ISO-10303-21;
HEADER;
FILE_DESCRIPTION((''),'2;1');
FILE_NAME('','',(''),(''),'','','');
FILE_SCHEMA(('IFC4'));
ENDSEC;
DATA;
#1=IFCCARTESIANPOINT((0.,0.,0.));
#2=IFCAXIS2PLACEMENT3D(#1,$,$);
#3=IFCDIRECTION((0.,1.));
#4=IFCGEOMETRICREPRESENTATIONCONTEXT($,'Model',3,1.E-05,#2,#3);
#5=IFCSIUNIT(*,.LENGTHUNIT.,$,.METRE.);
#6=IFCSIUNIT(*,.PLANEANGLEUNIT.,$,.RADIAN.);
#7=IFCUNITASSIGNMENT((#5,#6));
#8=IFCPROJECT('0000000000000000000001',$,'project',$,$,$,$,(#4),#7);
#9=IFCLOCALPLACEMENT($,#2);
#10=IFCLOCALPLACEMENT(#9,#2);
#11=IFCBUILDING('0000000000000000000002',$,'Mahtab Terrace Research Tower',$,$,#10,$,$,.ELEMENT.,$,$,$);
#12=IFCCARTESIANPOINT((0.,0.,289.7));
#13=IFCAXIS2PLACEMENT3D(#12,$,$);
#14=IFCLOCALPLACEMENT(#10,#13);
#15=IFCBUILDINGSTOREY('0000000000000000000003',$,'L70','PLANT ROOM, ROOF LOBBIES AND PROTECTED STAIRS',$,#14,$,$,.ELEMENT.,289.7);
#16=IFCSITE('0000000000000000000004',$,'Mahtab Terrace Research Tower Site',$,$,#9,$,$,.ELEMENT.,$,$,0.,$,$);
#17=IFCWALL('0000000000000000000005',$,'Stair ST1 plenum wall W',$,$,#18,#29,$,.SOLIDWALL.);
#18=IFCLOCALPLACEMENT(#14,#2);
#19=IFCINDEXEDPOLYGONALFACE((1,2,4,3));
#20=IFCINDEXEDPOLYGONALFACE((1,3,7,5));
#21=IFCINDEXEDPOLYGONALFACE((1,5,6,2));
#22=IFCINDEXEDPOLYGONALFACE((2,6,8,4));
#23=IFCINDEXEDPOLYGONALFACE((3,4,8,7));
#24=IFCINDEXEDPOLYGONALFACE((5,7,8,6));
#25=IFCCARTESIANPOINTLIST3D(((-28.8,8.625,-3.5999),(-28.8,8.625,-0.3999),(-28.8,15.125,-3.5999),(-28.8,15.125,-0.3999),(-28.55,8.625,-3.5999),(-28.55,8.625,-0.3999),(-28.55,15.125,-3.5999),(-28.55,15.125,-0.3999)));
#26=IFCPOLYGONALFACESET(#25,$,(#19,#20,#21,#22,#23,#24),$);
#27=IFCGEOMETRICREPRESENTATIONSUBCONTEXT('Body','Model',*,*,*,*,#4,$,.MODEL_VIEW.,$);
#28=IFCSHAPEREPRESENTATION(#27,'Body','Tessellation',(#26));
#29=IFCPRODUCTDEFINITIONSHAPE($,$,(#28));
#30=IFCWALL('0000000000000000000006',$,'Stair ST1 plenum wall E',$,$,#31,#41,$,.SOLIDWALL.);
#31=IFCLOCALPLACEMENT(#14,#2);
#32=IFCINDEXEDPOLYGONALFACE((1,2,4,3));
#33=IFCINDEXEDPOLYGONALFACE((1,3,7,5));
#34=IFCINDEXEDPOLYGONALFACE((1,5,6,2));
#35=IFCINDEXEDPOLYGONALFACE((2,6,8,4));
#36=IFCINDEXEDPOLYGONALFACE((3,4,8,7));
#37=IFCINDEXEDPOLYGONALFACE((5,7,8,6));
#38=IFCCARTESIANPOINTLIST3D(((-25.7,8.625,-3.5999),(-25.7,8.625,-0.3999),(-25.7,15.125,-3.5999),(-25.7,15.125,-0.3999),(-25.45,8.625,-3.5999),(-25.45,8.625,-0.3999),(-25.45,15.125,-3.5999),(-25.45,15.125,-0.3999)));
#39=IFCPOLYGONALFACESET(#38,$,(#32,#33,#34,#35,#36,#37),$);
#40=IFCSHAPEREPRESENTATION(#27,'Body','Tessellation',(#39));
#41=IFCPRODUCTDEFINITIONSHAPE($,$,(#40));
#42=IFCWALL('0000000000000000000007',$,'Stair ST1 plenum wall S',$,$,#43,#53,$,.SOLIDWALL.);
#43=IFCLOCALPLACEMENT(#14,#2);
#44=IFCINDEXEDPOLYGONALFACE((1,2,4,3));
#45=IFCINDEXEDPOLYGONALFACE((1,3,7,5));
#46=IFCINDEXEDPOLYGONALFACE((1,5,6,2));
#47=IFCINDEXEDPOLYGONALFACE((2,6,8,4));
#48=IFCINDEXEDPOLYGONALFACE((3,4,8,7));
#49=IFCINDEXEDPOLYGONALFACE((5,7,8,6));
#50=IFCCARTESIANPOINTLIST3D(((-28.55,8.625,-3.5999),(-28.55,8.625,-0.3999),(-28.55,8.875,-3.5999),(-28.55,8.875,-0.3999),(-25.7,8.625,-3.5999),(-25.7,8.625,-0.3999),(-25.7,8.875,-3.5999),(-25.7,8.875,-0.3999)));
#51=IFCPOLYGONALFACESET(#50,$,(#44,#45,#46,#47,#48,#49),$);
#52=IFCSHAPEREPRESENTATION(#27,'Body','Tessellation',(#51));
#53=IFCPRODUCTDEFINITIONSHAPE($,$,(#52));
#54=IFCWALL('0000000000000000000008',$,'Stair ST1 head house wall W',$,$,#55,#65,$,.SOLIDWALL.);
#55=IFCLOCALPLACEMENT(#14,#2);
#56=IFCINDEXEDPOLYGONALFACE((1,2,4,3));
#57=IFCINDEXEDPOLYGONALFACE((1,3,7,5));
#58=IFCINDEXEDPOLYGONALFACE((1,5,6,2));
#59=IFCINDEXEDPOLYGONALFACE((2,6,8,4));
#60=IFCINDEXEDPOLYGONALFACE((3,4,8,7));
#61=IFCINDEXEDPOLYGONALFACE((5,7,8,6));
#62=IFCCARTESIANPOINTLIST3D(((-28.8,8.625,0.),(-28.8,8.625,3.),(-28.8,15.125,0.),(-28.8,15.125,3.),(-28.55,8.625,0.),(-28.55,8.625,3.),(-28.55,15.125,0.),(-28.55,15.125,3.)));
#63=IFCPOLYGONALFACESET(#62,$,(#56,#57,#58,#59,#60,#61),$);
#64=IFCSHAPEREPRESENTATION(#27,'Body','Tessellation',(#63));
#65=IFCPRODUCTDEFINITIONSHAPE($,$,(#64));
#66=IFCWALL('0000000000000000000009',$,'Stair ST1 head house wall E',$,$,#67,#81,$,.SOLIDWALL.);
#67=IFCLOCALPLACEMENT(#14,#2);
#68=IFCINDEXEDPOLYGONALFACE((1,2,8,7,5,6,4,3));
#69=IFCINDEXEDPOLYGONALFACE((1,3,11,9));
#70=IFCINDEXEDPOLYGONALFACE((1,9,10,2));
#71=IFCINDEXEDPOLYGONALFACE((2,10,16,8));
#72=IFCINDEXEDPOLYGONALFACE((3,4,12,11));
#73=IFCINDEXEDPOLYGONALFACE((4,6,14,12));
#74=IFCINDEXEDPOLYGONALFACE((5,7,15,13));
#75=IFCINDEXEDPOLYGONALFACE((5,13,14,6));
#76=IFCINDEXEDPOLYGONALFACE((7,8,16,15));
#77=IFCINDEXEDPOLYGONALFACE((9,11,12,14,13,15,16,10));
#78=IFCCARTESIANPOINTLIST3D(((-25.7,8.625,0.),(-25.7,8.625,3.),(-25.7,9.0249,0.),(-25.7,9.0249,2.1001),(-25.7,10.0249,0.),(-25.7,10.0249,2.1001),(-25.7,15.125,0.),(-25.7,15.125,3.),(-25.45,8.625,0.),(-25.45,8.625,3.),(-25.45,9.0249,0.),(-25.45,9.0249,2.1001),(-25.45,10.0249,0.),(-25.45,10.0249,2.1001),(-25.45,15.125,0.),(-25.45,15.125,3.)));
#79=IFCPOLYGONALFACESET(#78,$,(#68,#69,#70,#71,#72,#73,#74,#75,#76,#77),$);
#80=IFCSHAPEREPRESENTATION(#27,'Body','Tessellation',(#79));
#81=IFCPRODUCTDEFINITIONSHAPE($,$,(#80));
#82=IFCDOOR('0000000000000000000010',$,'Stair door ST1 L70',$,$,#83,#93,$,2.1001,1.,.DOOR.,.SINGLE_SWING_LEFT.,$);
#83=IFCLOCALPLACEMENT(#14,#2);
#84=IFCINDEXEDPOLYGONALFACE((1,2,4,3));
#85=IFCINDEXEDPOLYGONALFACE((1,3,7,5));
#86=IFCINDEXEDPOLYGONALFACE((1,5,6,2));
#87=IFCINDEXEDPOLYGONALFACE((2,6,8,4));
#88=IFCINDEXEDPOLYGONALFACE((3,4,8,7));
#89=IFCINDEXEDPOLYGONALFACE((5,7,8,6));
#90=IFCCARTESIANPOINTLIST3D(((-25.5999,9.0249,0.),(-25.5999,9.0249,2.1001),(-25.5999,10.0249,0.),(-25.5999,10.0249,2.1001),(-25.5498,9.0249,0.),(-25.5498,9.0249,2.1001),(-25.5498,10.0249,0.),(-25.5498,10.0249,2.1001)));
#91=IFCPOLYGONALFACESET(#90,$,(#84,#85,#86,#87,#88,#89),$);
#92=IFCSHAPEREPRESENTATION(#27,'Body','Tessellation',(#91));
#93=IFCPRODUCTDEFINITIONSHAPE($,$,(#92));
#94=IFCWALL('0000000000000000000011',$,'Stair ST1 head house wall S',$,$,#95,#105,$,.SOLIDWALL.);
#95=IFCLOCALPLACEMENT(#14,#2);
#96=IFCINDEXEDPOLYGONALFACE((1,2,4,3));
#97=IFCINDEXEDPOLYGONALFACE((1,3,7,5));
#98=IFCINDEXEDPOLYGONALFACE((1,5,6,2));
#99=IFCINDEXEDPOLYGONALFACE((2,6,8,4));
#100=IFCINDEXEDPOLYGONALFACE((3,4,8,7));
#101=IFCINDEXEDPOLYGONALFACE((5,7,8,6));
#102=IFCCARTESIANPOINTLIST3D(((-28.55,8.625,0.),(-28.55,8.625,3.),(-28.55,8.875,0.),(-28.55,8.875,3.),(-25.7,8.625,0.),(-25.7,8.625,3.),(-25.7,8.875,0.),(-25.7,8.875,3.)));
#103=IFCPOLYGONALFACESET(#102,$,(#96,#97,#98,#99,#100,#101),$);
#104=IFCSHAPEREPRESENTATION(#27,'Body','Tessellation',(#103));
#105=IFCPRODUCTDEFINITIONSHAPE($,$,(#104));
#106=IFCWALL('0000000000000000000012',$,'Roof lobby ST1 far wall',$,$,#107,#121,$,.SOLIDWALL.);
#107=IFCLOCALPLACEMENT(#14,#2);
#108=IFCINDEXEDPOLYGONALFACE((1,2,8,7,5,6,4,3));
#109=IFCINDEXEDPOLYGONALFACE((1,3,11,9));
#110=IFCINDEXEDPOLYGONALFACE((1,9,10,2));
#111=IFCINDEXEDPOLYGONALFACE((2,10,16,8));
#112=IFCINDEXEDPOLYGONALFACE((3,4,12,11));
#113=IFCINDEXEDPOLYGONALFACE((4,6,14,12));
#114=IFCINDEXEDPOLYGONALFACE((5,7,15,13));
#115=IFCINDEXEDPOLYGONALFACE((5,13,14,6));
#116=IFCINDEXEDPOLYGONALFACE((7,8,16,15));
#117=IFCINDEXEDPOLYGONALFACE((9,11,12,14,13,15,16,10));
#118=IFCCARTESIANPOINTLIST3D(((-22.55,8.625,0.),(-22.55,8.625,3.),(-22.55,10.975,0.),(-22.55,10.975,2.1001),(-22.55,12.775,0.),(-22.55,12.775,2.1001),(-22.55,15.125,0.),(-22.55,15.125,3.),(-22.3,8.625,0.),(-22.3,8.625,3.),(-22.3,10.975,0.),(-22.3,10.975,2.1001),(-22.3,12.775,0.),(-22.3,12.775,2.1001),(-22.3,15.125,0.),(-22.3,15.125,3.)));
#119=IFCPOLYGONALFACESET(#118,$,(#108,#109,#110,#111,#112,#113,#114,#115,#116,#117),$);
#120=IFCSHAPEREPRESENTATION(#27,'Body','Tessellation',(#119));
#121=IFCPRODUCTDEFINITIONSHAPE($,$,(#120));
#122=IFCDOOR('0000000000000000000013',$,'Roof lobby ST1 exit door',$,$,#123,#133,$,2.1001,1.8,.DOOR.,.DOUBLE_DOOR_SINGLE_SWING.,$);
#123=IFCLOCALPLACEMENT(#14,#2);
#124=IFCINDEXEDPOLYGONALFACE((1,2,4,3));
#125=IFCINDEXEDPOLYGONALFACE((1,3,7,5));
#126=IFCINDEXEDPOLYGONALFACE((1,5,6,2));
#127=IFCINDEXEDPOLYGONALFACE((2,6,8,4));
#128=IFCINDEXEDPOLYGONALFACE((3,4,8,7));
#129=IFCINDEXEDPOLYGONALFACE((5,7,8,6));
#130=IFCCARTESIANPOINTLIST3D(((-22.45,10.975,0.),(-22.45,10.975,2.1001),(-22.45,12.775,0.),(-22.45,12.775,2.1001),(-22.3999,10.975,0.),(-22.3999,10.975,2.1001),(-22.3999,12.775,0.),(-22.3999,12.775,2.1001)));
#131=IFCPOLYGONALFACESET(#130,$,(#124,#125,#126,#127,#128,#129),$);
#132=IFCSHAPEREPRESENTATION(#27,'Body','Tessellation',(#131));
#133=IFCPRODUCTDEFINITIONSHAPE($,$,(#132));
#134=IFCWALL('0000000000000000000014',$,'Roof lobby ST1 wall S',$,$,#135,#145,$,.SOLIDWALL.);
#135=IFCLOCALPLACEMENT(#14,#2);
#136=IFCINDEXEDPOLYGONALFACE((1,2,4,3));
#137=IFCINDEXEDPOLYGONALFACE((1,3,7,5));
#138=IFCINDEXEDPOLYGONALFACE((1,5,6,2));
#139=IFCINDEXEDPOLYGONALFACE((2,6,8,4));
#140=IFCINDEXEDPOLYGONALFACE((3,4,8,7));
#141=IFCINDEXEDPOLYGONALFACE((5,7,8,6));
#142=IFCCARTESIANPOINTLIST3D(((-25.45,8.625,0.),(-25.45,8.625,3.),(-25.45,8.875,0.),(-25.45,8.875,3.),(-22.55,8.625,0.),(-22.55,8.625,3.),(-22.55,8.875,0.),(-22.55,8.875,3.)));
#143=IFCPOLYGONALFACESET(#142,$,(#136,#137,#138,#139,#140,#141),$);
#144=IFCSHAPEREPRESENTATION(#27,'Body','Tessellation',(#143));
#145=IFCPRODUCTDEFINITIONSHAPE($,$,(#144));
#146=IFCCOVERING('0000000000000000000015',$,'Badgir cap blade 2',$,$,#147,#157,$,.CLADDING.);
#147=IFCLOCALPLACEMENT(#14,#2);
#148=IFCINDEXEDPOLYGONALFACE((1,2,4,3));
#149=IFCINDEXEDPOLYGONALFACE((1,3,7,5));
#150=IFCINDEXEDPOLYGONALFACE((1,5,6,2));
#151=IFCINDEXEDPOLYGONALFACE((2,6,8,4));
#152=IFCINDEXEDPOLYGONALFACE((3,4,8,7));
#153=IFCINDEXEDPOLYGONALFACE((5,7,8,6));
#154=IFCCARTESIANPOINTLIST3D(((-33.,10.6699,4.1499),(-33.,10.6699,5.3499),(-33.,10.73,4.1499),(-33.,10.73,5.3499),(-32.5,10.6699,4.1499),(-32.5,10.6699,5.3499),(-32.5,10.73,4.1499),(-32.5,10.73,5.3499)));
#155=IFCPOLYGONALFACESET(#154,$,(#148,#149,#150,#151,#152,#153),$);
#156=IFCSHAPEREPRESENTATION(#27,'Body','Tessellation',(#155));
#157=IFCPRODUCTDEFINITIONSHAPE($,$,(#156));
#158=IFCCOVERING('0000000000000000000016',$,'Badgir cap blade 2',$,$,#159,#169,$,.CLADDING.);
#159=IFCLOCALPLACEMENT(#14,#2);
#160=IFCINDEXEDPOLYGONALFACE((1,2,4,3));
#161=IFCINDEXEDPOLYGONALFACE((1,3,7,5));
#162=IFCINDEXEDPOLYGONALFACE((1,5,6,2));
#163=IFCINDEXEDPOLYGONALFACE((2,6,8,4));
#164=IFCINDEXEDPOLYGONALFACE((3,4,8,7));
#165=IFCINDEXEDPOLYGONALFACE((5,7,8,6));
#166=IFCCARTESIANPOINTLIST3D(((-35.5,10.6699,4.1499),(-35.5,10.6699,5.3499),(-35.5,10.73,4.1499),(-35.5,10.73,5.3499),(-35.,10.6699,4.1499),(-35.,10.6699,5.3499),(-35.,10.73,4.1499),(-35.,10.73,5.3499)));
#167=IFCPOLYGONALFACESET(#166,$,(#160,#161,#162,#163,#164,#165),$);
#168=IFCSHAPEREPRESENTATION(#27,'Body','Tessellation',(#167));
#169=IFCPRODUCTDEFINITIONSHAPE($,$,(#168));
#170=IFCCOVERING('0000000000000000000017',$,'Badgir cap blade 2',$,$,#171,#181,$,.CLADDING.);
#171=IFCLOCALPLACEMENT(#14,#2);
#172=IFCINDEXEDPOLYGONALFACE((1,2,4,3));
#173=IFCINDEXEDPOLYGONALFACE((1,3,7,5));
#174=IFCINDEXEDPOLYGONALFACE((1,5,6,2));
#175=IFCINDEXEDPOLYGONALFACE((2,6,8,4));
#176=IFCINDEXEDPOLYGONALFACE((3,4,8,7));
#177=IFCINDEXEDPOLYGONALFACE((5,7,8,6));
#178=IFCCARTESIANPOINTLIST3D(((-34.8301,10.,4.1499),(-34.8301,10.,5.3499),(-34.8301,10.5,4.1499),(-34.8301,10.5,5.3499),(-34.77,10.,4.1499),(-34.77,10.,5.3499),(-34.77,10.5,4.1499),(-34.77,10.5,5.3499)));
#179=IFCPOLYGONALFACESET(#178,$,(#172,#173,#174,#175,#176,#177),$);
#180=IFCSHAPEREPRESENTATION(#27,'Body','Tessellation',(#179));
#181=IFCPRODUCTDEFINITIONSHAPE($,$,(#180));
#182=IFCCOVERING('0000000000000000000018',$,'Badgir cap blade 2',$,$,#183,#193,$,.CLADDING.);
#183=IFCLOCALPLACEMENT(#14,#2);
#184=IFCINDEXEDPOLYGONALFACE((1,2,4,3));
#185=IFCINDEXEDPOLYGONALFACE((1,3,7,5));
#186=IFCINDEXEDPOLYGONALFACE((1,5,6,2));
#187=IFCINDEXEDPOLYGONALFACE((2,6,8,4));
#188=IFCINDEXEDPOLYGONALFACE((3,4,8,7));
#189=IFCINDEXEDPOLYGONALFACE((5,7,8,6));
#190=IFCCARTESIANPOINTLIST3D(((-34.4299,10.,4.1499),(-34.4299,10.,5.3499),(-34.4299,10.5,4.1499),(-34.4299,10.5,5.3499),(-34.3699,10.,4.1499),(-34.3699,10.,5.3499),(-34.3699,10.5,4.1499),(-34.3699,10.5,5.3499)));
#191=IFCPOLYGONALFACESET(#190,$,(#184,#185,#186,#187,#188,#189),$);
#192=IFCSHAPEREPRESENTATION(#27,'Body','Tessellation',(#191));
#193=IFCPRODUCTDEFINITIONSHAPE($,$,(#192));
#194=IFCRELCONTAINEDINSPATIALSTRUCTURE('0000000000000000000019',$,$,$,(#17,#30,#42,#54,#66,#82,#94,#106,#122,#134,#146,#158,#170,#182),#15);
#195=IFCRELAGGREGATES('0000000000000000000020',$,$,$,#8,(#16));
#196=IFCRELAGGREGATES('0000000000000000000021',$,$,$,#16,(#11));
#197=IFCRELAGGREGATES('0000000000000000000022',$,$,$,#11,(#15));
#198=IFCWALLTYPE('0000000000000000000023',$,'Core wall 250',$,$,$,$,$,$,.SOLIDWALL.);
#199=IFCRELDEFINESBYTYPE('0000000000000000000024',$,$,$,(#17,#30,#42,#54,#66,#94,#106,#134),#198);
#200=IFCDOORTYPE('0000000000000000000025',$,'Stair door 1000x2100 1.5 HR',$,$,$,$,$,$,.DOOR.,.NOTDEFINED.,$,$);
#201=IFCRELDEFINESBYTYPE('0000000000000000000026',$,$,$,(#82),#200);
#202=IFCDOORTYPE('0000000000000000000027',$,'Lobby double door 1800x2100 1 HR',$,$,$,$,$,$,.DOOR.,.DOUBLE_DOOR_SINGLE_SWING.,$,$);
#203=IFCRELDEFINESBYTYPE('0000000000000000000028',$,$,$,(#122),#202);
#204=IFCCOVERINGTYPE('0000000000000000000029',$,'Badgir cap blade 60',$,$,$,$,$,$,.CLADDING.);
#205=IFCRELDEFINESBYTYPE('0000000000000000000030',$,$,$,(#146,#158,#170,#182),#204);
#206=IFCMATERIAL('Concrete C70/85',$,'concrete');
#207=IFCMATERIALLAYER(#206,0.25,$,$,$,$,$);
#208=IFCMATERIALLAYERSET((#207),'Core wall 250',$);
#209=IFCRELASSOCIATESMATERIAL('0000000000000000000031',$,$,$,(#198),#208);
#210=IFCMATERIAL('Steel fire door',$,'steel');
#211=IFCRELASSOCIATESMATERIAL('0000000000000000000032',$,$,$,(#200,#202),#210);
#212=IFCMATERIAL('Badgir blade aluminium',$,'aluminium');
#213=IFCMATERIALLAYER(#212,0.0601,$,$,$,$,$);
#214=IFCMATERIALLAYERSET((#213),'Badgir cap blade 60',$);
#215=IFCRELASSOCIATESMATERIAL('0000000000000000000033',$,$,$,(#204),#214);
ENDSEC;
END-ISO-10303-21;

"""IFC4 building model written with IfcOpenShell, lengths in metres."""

from ifc_helpers import new_model, si_unit, direction, frame, frame_2d, origin, origin_2d, place, context, subcontext, project, spatial, rectangle, extrude, material, layer, layer_set, type_object, element, fill, save


model = new_model("IFC4")

# Units and contexts
model_context = context("Model", 3, precision=1e-05, world=origin(), true_north=direction((0.0, 1.0)))
body_context = subcontext(model_context, "Body", "Model", "MODEL_VIEW")
ifc_project = project(units=[si_unit("LENGTHUNIT", "METRE"), si_unit("PLANEANGLEUNIT", "RADIAN")], contexts=[model_context])

# Site, building, storey
site_placement = place(None, origin())
site = spatial("IfcSite", under=ifc_project, at=site_placement, Name="Mahtab Terrace Research Tower Site", CompositionType="ELEMENT", RefElevation=0.0)
building_placement = place(site_placement, origin())
building = spatial("IfcBuilding", under=site, at=building_placement, Name="Mahtab Terrace Research Tower", CompositionType="ELEMENT")
storey_placement = place(building_placement, frame((0.0, 0.0, 289.7)))
storey = spatial("IfcBuildingStorey", under=building, at=storey_placement, Name="L70", Description="PLANT ROOM, ROOF LOBBIES AND PROTECTED STAIRS", CompositionType="ELEMENT", Elevation=289.7)

# Walls
ifc_material_1 = material(Name="Concrete C70/85", Category="concrete")
ifc_layer_1 = layer(ifc_material_1, 0.25)
ifc_layer_set_1 = layer_set([ifc_layer_1], Name="Core wall 250")
wall_type = type_object("IfcWallType", Name="Core wall 250", PredefinedType="SOLIDWALL", material=ifc_layer_set_1)
for number, where, z_axis, x_axis, name in (
    (1, (-28.675, 8.625, -3.5999), (0.0, 0.0, 1.0), (0.0, 1.0, 0.0), "Stair ST1 plenum wall W"),
    (2, (-25.575, 8.625, -3.5999), (0.0, 0.0, 1.0), (0.0, 1.0, 0.0), "Stair ST1 plenum wall E"),
):
    element("IfcWall", number, at=place(storey_placement, frame(where, z_axis=z_axis, x_axis=x_axis)), inside=storey, type_object=wall_type, Name=name, PredefinedType="SOLIDWALL", context=body_context, shape_type="SweptSolid", body=[
        extrude(rectangle(XDim=6.5, YDim=0.25, at=frame_2d((3.25, 0.0))), origin(), (0.0, 0.0, 1.0), 3.2),
    ])
wall_1_placement = place(storey_placement, frame((-28.55, 8.75, -3.5999), z_axis=(0.0, 0.0, 1.0), x_axis=(1.0, 0.0, 0.0)))
element("IfcWall", 3, at=wall_1_placement, inside=storey, type_object=wall_type, Name="Stair ST1 plenum wall S", PredefinedType="SOLIDWALL", context=body_context, shape_type="SweptSolid", body=[
    extrude(rectangle(XDim=2.8501, YDim=0.25, at=frame_2d((1.425, 0.0))), origin(), (0.0, 0.0, 1.0), 3.2),
])
wall_2_placement = place(storey_placement, frame((-28.675, 8.625, 0.0), z_axis=(0.0, 0.0, 1.0), x_axis=(0.0, 1.0, 0.0)))
element("IfcWall", 4, at=wall_2_placement, inside=storey, type_object=wall_type, Name="Stair ST1 head house wall W", PredefinedType="SOLIDWALL", context=body_context, shape_type="SweptSolid", body=[
    extrude(rectangle(XDim=6.5, YDim=0.25, at=frame_2d((3.25, 0.0))), origin(), (0.0, 0.0, 1.0), 3.0),
])

# Wall, opening, door
wall_3_placement = place(storey_placement, frame((-25.575, 8.625, 0.0), z_axis=(0.0, 0.0, 1.0), x_axis=(0.0, 1.0, 0.0)))
wall_3 = element("IfcWall", 5, at=wall_3_placement, inside=storey, type_object=wall_type, Name="Stair ST1 head house wall E", PredefinedType="SOLIDWALL", context=body_context, shape_type="SweptSolid", body=[
    extrude(rectangle(XDim=6.5, YDim=0.25, at=frame_2d((3.25, 0.0))), origin(), (0.0, 0.0, 1.0), 3.0),
])
opening_1_placement = place(wall_3_placement, frame((0.3999, 0.0, 0.0)))
opening_1 = element("IfcOpeningElement", 6, at=opening_1_placement, cuts=wall_3, PredefinedType="OPENING", context=body_context, shape_type="SweptSolid", body=[
    extrude(rectangle(XDim=1.0, YDim=2.1001, at=frame_2d((0.5, 1.05))), frame((0.0, 0.135, 0.0), z_axis=(0.0, -1.0, 0.0), x_axis=(1.0, 0.0, 0.0)), (0.0, 0.0, 1.0), 0.27),
])
ifc_material_2 = material(Name="Steel fire door", Category="steel")
door_type_1 = type_object("IfcDoorType", Name="Stair door 1000x2100 1.5 HR", OperationType="NOTDEFINED", PredefinedType="DOOR", material=ifc_material_2)
door_1_placement = place(opening_1_placement, origin())
door_1 = element("IfcDoor", 7, at=door_1_placement, inside=storey, type_object=door_type_1, Name="Stair door ST1 L70", OperationType="SINGLE_SWING_LEFT", OverallHeight=2.1001, OverallWidth=1.0, PredefinedType="DOOR", context=body_context, shape_type="SweptSolid", body=[
    extrude(rectangle(XDim=1.0, YDim=2.1001, at=frame_2d((0.5, 1.05))), frame((0.0, 0.0249, 0.0), z_axis=(0.0, -1.0, 0.0), x_axis=(1.0, 0.0, 0.0)), (0.0, 0.0, 1.0), 0.05),
])
fill(opening_1, door_1)

# Wall
wall_4_placement = place(storey_placement, frame((-28.55, 8.75, 0.0), z_axis=(0.0, 0.0, 1.0), x_axis=(1.0, 0.0, 0.0)))
element("IfcWall", 8, at=wall_4_placement, inside=storey, type_object=wall_type, Name="Stair ST1 head house wall S", PredefinedType="SOLIDWALL", context=body_context, shape_type="SweptSolid", body=[
    extrude(rectangle(XDim=2.8501, YDim=0.25, at=frame_2d((1.425, 0.0))), origin(), (0.0, 0.0, 1.0), 3.0),
])

# Wall, opening, door
wall_5_placement = place(storey_placement, frame((-22.425, 8.625, 0.0), z_axis=(0.0, 0.0, 1.0), x_axis=(0.0, 1.0, 0.0)))
wall_5 = element("IfcWall", 9, at=wall_5_placement, inside=storey, type_object=wall_type, Name="Roof lobby ST1 far wall", PredefinedType="SOLIDWALL", context=body_context, shape_type="SweptSolid", body=[
    extrude(rectangle(XDim=6.5, YDim=0.25, at=frame_2d((3.25, 0.0))), origin(), (0.0, 0.0, 1.0), 3.0),
])
opening_2_placement = place(wall_5_placement, frame((2.3501, 0.0, 0.0)))
opening_2 = element("IfcOpeningElement", 10, at=opening_2_placement, cuts=wall_5, PredefinedType="OPENING", context=body_context, shape_type="SweptSolid", body=[
    extrude(rectangle(XDim=1.8, YDim=2.1001, at=frame_2d((0.8999, 1.05))), frame((0.0, 0.135, 0.0), z_axis=(0.0, -1.0, 0.0), x_axis=(1.0, 0.0, 0.0)), (0.0, 0.0, 1.0), 0.27),
])
door_type_2 = type_object("IfcDoorType", Name="Lobby double door 1800x2100 1 HR", OperationType="DOUBLE_DOOR_SINGLE_SWING", PredefinedType="DOOR", material=ifc_material_2)
door_2_placement = place(opening_2_placement, origin())
door_2 = element("IfcDoor", 11, at=door_2_placement, inside=storey, type_object=door_type_2, Name="Roof lobby ST1 exit door", OperationType="DOUBLE_DOOR_SINGLE_SWING", OverallHeight=2.1001, OverallWidth=1.8, PredefinedType="DOOR", context=body_context, shape_type="SweptSolid", body=[
    extrude(rectangle(XDim=1.8, YDim=2.1001, at=frame_2d((0.8999, 1.05))), frame((0.0, 0.0249, 0.0), z_axis=(0.0, -1.0, 0.0), x_axis=(1.0, 0.0, 0.0)), (0.0, 0.0, 1.0), 0.05),
])
fill(opening_2, door_2)

# Wall
wall_6_placement = place(storey_placement, frame((-25.45, 8.75, 0.0), z_axis=(0.0, 0.0, 1.0), x_axis=(1.0, 0.0, 0.0)))
element("IfcWall", 12, at=wall_6_placement, inside=storey, type_object=wall_type, Name="Roof lobby ST1 wall S", PredefinedType="SOLIDWALL", context=body_context, shape_type="SweptSolid", body=[
    extrude(rectangle(XDim=2.8999, YDim=0.25, at=frame_2d((1.45, 0.0))), origin(), (0.0, 0.0, 1.0), 3.0),
])

# Coverings
ifc_material_3 = material(Name="Badgir blade aluminium", Category="aluminium")
ifc_layer_2 = layer(ifc_material_3, 0.0601)
ifc_layer_set_2 = layer_set([ifc_layer_2], Name="Badgir cap blade 60")
covering_type = type_object("IfcCoveringType", Name="Badgir cap blade 60", PredefinedType="CLADDING", material=ifc_layer_set_2)
for number, where, z_axis, x_axis, name in (
    (13, (-32.75, 10.7, 4.1499), (0.0, 0.0, 1.0), (1.0, 0.0, 0.0), "Badgir cap blade 2"),
    (14, (-35.25, 10.7, 4.1499), (0.0, 0.0, 1.0), (1.0, 0.0, 0.0), "Badgir cap blade 2"),
):
    element("IfcCovering", number, at=place(storey_placement, frame(where, z_axis=z_axis, x_axis=x_axis)), inside=storey, type_object=covering_type, Name=name, PredefinedType="CLADDING", context=body_context, shape_type="SweptSolid", body=[
        extrude(rectangle(XDim=0.5, YDim=0.0601, at=origin_2d()), origin(), (0.0, 0.0, 1.0), 1.2),
    ])
for number, where, z_axis, x_axis, name in (
    (15, (-34.8, 10.25, 4.1499), (0.0, 0.0, 1.0), (1.0, 0.0, 0.0), "Badgir cap blade 2"),
    (16, (-34.3999, 10.25, 4.1499), (0.0, 0.0, 1.0), (1.0, 0.0, 0.0), "Badgir cap blade 2"),
):
    element("IfcCovering", number, at=place(storey_placement, frame(where, z_axis=z_axis, x_axis=x_axis)), inside=storey, type_object=covering_type, Name=name, PredefinedType="CLADDING", context=body_context, shape_type="SweptSolid", body=[
        extrude(rectangle(XDim=0.0601, YDim=0.5, at=origin_2d()), origin(), (0.0, 0.0, 1.0), 1.2),
    ])

save(model, "model.ifc")
